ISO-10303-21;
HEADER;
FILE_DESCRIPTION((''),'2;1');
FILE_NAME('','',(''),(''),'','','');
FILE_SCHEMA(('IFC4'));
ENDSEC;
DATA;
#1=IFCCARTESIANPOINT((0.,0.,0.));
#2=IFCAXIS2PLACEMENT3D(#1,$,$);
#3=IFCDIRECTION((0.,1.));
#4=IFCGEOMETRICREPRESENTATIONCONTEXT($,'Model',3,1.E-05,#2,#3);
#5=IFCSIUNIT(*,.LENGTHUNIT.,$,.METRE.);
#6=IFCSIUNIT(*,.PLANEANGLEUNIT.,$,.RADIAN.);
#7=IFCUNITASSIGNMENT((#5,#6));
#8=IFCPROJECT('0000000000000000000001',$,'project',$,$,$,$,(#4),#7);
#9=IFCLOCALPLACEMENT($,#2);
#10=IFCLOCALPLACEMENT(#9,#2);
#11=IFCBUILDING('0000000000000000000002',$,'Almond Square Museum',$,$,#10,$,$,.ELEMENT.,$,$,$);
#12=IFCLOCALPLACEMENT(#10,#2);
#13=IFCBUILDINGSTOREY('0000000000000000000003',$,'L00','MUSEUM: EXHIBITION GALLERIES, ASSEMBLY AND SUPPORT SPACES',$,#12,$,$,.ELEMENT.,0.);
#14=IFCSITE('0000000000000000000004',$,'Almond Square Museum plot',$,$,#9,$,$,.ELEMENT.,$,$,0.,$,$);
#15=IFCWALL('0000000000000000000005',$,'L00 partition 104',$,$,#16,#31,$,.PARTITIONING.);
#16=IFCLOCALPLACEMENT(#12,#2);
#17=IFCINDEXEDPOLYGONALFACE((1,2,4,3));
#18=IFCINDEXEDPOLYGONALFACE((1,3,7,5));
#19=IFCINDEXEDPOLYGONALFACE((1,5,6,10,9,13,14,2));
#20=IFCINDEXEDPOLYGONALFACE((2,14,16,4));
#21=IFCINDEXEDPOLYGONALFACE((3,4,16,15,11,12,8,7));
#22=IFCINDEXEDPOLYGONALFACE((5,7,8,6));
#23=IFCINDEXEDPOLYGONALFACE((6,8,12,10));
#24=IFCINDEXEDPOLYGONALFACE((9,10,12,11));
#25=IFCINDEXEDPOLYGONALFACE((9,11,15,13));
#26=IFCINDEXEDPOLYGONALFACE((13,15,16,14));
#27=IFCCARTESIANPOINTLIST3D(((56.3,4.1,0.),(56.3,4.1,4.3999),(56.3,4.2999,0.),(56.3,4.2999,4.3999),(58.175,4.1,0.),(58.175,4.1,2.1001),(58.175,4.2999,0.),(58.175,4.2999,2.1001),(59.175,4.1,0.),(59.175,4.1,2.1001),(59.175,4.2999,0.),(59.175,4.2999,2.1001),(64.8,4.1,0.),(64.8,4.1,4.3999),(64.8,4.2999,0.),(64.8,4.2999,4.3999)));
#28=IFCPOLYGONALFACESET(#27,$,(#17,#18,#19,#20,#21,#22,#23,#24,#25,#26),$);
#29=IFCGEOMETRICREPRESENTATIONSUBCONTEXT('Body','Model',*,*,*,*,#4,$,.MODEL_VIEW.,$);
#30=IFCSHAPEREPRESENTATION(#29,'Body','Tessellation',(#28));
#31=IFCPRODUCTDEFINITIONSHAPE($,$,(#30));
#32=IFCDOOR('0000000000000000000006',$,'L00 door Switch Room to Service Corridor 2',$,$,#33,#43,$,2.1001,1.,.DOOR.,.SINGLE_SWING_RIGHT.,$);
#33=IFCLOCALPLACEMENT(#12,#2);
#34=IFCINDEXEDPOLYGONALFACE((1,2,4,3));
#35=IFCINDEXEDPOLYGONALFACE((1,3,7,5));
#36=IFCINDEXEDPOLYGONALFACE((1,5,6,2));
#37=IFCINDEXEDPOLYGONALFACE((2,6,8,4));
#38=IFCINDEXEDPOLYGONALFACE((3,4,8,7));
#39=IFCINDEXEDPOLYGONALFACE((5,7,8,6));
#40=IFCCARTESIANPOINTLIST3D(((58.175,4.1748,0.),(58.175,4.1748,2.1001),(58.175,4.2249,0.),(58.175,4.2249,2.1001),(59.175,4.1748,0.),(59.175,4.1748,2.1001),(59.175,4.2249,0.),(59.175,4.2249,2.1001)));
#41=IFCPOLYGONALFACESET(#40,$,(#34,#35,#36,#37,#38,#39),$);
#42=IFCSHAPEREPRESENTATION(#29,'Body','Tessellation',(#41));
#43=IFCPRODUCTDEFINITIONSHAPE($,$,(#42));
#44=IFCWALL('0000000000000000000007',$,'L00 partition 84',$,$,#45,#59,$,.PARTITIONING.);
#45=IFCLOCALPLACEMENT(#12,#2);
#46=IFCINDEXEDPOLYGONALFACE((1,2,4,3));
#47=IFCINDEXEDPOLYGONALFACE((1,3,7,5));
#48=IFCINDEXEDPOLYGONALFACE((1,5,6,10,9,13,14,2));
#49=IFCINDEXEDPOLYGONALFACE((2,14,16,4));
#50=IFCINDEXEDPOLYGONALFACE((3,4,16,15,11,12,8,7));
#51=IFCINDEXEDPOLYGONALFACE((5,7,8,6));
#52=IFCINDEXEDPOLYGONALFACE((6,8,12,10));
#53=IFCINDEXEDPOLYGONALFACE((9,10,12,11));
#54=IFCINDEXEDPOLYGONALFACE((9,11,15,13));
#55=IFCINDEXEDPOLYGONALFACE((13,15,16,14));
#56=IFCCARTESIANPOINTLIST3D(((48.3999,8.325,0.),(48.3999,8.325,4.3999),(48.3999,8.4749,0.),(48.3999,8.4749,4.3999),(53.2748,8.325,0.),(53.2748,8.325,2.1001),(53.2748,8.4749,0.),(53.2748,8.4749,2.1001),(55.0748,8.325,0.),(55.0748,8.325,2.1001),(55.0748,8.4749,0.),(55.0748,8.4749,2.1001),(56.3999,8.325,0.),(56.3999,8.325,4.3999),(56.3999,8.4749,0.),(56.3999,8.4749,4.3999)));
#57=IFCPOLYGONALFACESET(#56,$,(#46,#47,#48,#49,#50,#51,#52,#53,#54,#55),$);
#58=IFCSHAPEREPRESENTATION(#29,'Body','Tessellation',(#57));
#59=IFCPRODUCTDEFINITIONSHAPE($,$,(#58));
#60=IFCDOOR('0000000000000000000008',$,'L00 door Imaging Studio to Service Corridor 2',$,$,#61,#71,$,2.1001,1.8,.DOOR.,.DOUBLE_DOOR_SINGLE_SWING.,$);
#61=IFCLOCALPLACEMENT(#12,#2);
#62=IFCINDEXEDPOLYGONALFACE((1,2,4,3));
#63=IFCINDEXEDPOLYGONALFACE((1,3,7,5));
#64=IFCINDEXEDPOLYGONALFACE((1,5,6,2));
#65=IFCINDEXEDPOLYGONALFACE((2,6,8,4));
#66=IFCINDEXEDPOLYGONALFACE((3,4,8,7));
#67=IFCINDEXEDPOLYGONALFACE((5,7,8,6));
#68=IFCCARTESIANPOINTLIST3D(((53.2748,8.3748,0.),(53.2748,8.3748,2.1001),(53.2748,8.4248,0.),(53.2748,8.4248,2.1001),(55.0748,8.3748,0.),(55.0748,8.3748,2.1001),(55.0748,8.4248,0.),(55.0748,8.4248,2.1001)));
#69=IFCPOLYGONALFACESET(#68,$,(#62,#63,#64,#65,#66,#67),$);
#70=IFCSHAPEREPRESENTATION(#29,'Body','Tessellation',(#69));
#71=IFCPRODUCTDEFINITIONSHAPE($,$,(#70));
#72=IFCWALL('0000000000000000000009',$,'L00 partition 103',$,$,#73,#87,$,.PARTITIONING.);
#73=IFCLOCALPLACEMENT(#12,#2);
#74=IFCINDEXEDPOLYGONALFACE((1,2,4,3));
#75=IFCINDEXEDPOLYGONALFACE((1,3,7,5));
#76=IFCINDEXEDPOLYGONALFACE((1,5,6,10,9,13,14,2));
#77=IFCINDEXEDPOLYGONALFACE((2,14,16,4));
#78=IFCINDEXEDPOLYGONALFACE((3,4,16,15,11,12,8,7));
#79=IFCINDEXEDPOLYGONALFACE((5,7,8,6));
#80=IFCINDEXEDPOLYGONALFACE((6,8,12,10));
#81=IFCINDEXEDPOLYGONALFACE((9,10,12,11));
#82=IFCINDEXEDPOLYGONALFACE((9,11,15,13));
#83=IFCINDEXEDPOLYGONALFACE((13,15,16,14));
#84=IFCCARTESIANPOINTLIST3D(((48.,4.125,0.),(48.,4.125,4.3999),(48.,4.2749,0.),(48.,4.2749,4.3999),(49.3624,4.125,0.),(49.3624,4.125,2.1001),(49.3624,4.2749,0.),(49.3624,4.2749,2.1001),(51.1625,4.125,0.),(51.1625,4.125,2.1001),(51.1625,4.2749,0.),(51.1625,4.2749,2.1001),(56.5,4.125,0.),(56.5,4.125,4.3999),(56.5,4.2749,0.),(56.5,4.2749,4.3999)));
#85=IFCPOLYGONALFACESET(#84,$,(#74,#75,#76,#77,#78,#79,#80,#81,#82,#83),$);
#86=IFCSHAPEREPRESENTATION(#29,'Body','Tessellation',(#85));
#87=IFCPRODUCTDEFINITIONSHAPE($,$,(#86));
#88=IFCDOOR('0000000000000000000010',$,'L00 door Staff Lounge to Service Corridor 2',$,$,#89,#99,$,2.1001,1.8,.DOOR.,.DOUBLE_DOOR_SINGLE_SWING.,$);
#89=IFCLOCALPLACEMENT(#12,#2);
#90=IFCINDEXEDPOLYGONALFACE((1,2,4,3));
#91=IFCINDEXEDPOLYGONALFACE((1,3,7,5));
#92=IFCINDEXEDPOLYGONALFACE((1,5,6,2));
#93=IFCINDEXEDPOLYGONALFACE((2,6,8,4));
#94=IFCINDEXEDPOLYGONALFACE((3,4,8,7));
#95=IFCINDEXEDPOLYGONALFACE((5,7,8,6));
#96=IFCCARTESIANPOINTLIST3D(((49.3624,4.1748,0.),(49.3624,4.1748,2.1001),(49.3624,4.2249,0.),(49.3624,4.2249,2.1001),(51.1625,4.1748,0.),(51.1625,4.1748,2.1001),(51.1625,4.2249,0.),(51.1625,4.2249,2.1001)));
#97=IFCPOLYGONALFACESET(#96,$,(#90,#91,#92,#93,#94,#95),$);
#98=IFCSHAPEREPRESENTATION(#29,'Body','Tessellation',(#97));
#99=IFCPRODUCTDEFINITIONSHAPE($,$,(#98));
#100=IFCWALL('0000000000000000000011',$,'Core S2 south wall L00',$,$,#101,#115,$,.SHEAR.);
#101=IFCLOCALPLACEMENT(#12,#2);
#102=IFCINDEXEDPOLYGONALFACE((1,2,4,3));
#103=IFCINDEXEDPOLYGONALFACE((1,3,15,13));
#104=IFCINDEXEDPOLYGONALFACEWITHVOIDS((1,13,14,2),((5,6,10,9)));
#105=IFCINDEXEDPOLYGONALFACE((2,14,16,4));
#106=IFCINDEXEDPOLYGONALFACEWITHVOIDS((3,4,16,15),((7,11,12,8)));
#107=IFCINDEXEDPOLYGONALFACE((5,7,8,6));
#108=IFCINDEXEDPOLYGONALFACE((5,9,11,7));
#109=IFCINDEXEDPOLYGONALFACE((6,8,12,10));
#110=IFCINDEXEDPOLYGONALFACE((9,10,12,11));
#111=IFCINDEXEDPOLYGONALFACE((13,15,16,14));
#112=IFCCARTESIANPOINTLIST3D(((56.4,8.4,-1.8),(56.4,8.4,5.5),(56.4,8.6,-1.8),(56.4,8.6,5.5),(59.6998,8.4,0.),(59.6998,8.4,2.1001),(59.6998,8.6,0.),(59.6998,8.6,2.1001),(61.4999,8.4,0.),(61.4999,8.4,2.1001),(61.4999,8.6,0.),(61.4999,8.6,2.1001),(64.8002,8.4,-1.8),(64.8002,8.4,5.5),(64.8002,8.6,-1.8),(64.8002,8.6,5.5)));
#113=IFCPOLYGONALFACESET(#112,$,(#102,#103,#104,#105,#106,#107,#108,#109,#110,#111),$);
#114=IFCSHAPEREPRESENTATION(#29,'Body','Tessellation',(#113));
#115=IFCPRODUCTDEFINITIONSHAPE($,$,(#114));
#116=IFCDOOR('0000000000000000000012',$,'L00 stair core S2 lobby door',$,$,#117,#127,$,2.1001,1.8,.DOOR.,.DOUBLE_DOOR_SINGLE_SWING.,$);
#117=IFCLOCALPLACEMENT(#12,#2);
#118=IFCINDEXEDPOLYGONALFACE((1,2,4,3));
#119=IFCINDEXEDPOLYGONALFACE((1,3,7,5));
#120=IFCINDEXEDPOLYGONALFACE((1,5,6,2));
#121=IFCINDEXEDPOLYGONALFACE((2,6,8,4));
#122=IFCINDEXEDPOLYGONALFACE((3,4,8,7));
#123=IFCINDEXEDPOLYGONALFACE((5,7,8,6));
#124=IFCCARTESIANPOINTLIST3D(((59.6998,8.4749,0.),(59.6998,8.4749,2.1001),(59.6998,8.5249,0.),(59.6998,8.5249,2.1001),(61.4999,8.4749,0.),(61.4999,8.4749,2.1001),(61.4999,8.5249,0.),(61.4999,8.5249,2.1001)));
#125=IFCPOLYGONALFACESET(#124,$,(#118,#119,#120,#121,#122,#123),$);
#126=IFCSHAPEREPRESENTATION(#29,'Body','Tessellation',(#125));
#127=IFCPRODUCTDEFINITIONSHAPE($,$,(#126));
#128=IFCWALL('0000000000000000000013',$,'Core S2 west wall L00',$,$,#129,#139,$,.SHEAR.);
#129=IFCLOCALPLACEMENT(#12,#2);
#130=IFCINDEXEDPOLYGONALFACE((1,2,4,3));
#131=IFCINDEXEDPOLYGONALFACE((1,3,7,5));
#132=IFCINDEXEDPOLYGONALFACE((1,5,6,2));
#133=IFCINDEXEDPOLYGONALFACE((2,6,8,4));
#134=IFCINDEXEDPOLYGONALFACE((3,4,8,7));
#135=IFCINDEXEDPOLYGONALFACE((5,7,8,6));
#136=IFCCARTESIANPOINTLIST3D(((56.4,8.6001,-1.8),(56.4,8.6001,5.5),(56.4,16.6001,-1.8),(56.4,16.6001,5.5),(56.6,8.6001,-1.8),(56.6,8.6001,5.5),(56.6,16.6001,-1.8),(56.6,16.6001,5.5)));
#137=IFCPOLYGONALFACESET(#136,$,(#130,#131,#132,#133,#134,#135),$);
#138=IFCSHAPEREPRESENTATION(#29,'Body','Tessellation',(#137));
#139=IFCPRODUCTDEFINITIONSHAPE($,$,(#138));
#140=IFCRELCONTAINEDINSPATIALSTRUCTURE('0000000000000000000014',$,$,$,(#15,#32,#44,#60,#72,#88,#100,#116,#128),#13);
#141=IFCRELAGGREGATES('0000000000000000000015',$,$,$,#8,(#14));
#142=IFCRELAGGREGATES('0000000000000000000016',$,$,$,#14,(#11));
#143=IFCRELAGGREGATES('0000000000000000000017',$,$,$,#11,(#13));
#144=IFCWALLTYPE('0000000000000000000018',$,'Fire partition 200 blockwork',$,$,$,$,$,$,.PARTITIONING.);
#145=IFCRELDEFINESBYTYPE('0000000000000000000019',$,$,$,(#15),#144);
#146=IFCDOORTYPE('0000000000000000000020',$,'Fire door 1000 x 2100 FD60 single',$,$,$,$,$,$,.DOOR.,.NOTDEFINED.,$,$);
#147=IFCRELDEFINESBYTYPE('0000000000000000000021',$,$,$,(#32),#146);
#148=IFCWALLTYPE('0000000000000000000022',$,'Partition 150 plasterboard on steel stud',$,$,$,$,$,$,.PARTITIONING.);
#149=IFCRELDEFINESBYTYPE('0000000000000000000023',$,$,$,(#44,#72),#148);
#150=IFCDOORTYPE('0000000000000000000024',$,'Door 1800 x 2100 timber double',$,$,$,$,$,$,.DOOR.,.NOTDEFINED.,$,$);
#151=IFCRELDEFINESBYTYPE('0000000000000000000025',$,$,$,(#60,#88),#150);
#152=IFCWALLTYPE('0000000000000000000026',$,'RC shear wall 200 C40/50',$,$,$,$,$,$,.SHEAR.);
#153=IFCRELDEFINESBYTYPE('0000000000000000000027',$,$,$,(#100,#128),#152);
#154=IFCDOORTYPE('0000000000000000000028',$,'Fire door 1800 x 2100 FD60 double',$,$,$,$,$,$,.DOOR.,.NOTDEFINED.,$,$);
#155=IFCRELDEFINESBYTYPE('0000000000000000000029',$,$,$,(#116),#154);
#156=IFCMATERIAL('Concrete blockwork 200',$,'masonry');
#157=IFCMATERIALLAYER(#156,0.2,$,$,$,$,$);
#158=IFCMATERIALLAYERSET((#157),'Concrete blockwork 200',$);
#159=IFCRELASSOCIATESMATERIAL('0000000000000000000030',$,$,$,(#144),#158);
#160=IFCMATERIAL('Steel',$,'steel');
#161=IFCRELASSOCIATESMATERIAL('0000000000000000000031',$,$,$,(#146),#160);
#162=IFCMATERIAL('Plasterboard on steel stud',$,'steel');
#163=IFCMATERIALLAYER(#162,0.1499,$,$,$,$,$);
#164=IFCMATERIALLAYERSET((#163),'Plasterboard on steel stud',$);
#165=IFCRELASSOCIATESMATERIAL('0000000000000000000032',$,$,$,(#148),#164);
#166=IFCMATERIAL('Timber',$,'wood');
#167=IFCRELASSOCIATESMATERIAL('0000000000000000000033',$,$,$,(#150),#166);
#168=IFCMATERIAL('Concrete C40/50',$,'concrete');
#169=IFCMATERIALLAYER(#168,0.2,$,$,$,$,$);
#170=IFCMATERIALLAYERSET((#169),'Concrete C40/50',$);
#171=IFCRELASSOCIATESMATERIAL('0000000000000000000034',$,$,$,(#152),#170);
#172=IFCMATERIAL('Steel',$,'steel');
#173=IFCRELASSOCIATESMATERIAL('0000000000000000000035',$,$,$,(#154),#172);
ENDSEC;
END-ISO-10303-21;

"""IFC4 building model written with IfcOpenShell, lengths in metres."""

from ifc_helpers import new_model, si_unit, direction, frame, frame_2d, origin, place, context, subcontext, project, spatial, rectangle, extrude, material, layer, layer_set, type_object, element, fill, save


model = new_model("IFC4")

# Units and contexts
model_context = context("Model", 3, precision=1e-05, world=origin(), true_north=direction((0.0, 1.0)))
body_context = subcontext(model_context, "Body", "Model", "MODEL_VIEW")
ifc_project = project(units=[si_unit("LENGTHUNIT", "METRE"), si_unit("PLANEANGLEUNIT", "RADIAN")], contexts=[model_context])

# Site, building, storey
site_placement = place(None, origin())
site = spatial("IfcSite", under=ifc_project, at=site_placement, Name="Almond Square Museum plot", CompositionType="ELEMENT", RefElevation=0.0)
building_placement = place(site_placement, origin())
building = spatial("IfcBuilding", under=site, at=building_placement, Name="Almond Square Museum", CompositionType="ELEMENT")
storey_placement = place(building_placement, origin())
storey = spatial("IfcBuildingStorey", under=building, at=storey_placement, Name="L00", Description="MUSEUM: EXHIBITION GALLERIES, ASSEMBLY AND SUPPORT SPACES", CompositionType="ELEMENT", Elevation=0.0)

# Walls, openings, doors
ifc_material_1 = material(Name="Concrete blockwork 200", Category="masonry")
ifc_layer_1 = layer(ifc_material_1, 0.2)
ifc_layer_set_1 = layer_set([ifc_layer_1], Name="Concrete blockwork 200")
wall_type_1 = type_object("IfcWallType", Name="Fire partition 200 blockwork", PredefinedType="PARTITIONING", material=ifc_layer_set_1)
wall_1_placement = place(storey_placement, frame((56.3, 4.2, 0.0), z_axis=(0.0, 0.0, 1.0), x_axis=(1.0, 0.0, 0.0)))
wall_1 = element("IfcWall", 1, at=wall_1_placement, inside=storey, type_object=wall_type_1, Name="L00 partition 104", PredefinedType="PARTITIONING", context=body_context, shape_type="SweptSolid", body=[
    extrude(rectangle(XDim=8.5, YDim=0.2, at=frame_2d((4.25, 0.0))), origin(), (0.0, 0.0, 1.0), 4.3999),
])
opening_1_placement = place(wall_1_placement, frame((1.875, 0.0, 0.0)))
opening_1 = element("IfcOpeningElement", 2, at=opening_1_placement, cuts=wall_1, PredefinedType="OPENING", context=body_context, shape_type="SweptSolid", body=[
    extrude(rectangle(XDim=1.0, YDim=2.1001, at=frame_2d((0.5, 1.05))), frame((0.0, 0.1099, 0.0), z_axis=(0.0, -1.0, 0.0), x_axis=(1.0, 0.0, 0.0)), (0.0, 0.0, 1.0), 0.22),
])
ifc_material_2 = material(Name="Steel", Category="steel")
door_type_1 = type_object("IfcDoorType", Name="Fire door 1000 x 2100 FD60 single", OperationType="NOTDEFINED", PredefinedType="DOOR", material=ifc_material_2)
door_1_placement = place(opening_1_placement, origin())
door_1 = element("IfcDoor", 3, at=door_1_placement, inside=storey, type_object=door_type_1, Name="L00 door Switch Room to Service Corridor 2", OperationType="SINGLE_SWING_RIGHT", OverallHeight=2.1001, OverallWidth=1.0, PredefinedType="DOOR", context=body_context, shape_type="SweptSolid", body=[
    extrude(rectangle(XDim=1.0, YDim=2.1001, at=frame_2d((0.5, 1.05))), frame((0.0, 0.0249, 0.0), z_axis=(0.0, -1.0, 0.0), x_axis=(1.0, 0.0, 0.0)), (0.0, 0.0, 1.0), 0.05),
])
fill(opening_1, door_1)
ifc_material_3 = material(Name="Plasterboard on steel stud", Category="steel")
ifc_layer_2 = layer(ifc_material_3, 0.1499)
ifc_layer_set_2 = layer_set([ifc_layer_2], Name="Plasterboard on steel stud")
wall_type_2 = type_object("IfcWallType", Name="Partition 150 plasterboard on steel stud", PredefinedType="PARTITIONING", material=ifc_layer_set_2)
wall_2_placement = place(storey_placement, frame((48.3999, 8.3999, 0.0), z_axis=(0.0, 0.0, 1.0), x_axis=(1.0, 0.0, 0.0)))
wall_2 = element("IfcWall", 4, at=wall_2_placement, inside=storey, type_object=wall_type_2, Name="L00 partition 84", PredefinedType="PARTITIONING", context=body_context, shape_type="SweptSolid", body=[
    extrude(rectangle(XDim=8.0, YDim=0.1499, at=frame_2d((4.0, 0.0))), origin(), (0.0, 0.0, 1.0), 4.3999),
])
opening_2_placement = place(wall_2_placement, frame((4.875, 0.0, 0.0)))
opening_2 = element("IfcOpeningElement", 5, at=opening_2_placement, cuts=wall_2, PredefinedType="OPENING", context=body_context, shape_type="SweptSolid", body=[
    extrude(rectangle(XDim=1.8, YDim=2.1001, at=frame_2d((0.8999, 1.05))), frame((0.0, 0.085, 0.0), z_axis=(0.0, -1.0, 0.0), x_axis=(1.0, 0.0, 0.0)), (0.0, 0.0, 1.0), 0.1699),
])
ifc_material_4 = material(Name="Timber", Category="wood")
door_type_2 = type_object("IfcDoorType", Name="Door 1800 x 2100 timber double", OperationType="NOTDEFINED", PredefinedType="DOOR", material=ifc_material_4)
door_2_placement = place(opening_2_placement, origin())
door_2 = element("IfcDoor", 6, at=door_2_placement, inside=storey, type_object=door_type_2, Name="L00 door Imaging Studio to Service Corridor 2", OperationType="DOUBLE_DOOR_SINGLE_SWING", OverallHeight=2.1001, OverallWidth=1.8, PredefinedType="DOOR", context=body_context, shape_type="SweptSolid", body=[
    extrude(rectangle(XDim=1.8, YDim=2.1001, at=frame_2d((0.8999, 1.05))), frame((0.0, 0.0249, 0.0), z_axis=(0.0, -1.0, 0.0), x_axis=(1.0, 0.0, 0.0)), (0.0, 0.0, 1.0), 0.05),
])
fill(opening_2, door_2)
wall_3_placement = place(storey_placement, frame((48.0, 4.2, 0.0), z_axis=(0.0, 0.0, 1.0), x_axis=(1.0, 0.0, 0.0)))
wall_3 = element("IfcWall", 7, at=wall_3_placement, inside=storey, type_object=wall_type_2, Name="L00 partition 103", PredefinedType="PARTITIONING", context=body_context, shape_type="SweptSolid", body=[
    extrude(rectangle(XDim=8.5, YDim=0.1499, at=frame_2d((4.25, 0.0))), origin(), (0.0, 0.0, 1.0), 4.3999),
])
opening_3_placement = place(wall_3_placement, frame((1.3625, 0.0, 0.0)))
opening_3 = element("IfcOpeningElement", 8, at=opening_3_placement, cuts=wall_3, PredefinedType="OPENING", context=body_context, shape_type="SweptSolid", body=[
    extrude(rectangle(XDim=1.8, YDim=2.1001, at=frame_2d((0.8999, 1.05))), frame((0.0, 0.085, 0.0), z_axis=(0.0, -1.0, 0.0), x_axis=(1.0, 0.0, 0.0)), (0.0, 0.0, 1.0), 0.1699),
])
door_3_placement = place(opening_3_placement, origin())
door_3 = element("IfcDoor", 9, at=door_3_placement, inside=storey, type_object=door_type_2, Name="L00 door Staff Lounge to Service Corridor 2", OperationType="DOUBLE_DOOR_SINGLE_SWING", OverallHeight=2.1001, OverallWidth=1.8, PredefinedType="DOOR", context=body_context, shape_type="SweptSolid", body=[
    extrude(rectangle(XDim=1.8, YDim=2.1001, at=frame_2d((0.8999, 1.05))), frame((0.0, 0.0249, 0.0), z_axis=(0.0, -1.0, 0.0), x_axis=(1.0, 0.0, 0.0)), (0.0, 0.0, 1.0), 0.05),
])
fill(opening_3, door_3)
ifc_material_5 = material(Name="Concrete C40/50", Category="concrete")
ifc_layer_3 = layer(ifc_material_5, 0.2)
ifc_layer_set_3 = layer_set([ifc_layer_3], Name="Concrete C40/50")
wall_type_3 = type_object("IfcWallType", Name="RC shear wall 200 C40/50", PredefinedType="SHEAR", material=ifc_layer_set_3)
wall_4_placement = place(storey_placement, frame((56.3999, 8.5, -1.8), z_axis=(0.0, 0.0, 1.0), x_axis=(1.0, 0.0, 0.0)))
wall_4 = element("IfcWall", 10, at=wall_4_placement, inside=storey, type_object=wall_type_3, Name="Core S2 south wall L00", PredefinedType="SHEAR", context=body_context, shape_type="SweptSolid", body=[
    extrude(rectangle(XDim=8.4001, YDim=0.2, at=frame_2d((4.2002, 0.0))), origin(), (0.0, 0.0, 1.0), 7.3),
])
opening_4_placement = place(wall_4_placement, frame((3.3, 0.0, 1.8)))
opening_4 = element("IfcOpeningElement", 11, at=opening_4_placement, cuts=wall_4, PredefinedType="OPENING", context=body_context, shape_type="SweptSolid", body=[
    extrude(rectangle(XDim=1.8, YDim=2.1001, at=frame_2d((0.8999, 1.05))), frame((0.0, 0.1099, 0.0), z_axis=(0.0, -1.0, 0.0), x_axis=(1.0, 0.0, 0.0)), (0.0, 0.0, 1.0), 0.22),
])
ifc_material_6 = material(Name="Steel", Category="steel")
door_type_3 = type_object("IfcDoorType", Name="Fire door 1800 x 2100 FD60 double", OperationType="NOTDEFINED", PredefinedType="DOOR", material=ifc_material_6)
door_4_placement = place(opening_4_placement, origin())
door_4 = element("IfcDoor", 12, at=door_4_placement, inside=storey, type_object=door_type_3, Name="L00 stair core S2 lobby door", OperationType="DOUBLE_DOOR_SINGLE_SWING", OverallHeight=2.1001, OverallWidth=1.8, PredefinedType="DOOR", context=body_context, shape_type="SweptSolid", body=[
    extrude(rectangle(XDim=1.8, YDim=2.1001, at=frame_2d((0.8999, 1.05))), frame((0.0, 0.0249, 0.0), z_axis=(0.0, -1.0, 0.0), x_axis=(1.0, 0.0, 0.0)), (0.0, 0.0, 1.0), 0.05),
])
fill(opening_4, door_4)

# Wall
wall_5_placement = place(storey_placement, frame((56.5, 8.6001, -1.8), z_axis=(0.0, 0.0, 1.0), x_axis=(0.0, 1.0, 0.0)))
element("IfcWall", 13, at=wall_5_placement, inside=storey, type_object=wall_type_3, Name="Core S2 west wall L00", PredefinedType="SHEAR", context=body_context, shape_type="SweptSolid", body=[
    extrude(rectangle(XDim=8.0, YDim=0.2, at=frame_2d((4.0, 0.0))), origin(), (0.0, 0.0, 1.0), 7.3),
])

save(model, "model.ifc")
